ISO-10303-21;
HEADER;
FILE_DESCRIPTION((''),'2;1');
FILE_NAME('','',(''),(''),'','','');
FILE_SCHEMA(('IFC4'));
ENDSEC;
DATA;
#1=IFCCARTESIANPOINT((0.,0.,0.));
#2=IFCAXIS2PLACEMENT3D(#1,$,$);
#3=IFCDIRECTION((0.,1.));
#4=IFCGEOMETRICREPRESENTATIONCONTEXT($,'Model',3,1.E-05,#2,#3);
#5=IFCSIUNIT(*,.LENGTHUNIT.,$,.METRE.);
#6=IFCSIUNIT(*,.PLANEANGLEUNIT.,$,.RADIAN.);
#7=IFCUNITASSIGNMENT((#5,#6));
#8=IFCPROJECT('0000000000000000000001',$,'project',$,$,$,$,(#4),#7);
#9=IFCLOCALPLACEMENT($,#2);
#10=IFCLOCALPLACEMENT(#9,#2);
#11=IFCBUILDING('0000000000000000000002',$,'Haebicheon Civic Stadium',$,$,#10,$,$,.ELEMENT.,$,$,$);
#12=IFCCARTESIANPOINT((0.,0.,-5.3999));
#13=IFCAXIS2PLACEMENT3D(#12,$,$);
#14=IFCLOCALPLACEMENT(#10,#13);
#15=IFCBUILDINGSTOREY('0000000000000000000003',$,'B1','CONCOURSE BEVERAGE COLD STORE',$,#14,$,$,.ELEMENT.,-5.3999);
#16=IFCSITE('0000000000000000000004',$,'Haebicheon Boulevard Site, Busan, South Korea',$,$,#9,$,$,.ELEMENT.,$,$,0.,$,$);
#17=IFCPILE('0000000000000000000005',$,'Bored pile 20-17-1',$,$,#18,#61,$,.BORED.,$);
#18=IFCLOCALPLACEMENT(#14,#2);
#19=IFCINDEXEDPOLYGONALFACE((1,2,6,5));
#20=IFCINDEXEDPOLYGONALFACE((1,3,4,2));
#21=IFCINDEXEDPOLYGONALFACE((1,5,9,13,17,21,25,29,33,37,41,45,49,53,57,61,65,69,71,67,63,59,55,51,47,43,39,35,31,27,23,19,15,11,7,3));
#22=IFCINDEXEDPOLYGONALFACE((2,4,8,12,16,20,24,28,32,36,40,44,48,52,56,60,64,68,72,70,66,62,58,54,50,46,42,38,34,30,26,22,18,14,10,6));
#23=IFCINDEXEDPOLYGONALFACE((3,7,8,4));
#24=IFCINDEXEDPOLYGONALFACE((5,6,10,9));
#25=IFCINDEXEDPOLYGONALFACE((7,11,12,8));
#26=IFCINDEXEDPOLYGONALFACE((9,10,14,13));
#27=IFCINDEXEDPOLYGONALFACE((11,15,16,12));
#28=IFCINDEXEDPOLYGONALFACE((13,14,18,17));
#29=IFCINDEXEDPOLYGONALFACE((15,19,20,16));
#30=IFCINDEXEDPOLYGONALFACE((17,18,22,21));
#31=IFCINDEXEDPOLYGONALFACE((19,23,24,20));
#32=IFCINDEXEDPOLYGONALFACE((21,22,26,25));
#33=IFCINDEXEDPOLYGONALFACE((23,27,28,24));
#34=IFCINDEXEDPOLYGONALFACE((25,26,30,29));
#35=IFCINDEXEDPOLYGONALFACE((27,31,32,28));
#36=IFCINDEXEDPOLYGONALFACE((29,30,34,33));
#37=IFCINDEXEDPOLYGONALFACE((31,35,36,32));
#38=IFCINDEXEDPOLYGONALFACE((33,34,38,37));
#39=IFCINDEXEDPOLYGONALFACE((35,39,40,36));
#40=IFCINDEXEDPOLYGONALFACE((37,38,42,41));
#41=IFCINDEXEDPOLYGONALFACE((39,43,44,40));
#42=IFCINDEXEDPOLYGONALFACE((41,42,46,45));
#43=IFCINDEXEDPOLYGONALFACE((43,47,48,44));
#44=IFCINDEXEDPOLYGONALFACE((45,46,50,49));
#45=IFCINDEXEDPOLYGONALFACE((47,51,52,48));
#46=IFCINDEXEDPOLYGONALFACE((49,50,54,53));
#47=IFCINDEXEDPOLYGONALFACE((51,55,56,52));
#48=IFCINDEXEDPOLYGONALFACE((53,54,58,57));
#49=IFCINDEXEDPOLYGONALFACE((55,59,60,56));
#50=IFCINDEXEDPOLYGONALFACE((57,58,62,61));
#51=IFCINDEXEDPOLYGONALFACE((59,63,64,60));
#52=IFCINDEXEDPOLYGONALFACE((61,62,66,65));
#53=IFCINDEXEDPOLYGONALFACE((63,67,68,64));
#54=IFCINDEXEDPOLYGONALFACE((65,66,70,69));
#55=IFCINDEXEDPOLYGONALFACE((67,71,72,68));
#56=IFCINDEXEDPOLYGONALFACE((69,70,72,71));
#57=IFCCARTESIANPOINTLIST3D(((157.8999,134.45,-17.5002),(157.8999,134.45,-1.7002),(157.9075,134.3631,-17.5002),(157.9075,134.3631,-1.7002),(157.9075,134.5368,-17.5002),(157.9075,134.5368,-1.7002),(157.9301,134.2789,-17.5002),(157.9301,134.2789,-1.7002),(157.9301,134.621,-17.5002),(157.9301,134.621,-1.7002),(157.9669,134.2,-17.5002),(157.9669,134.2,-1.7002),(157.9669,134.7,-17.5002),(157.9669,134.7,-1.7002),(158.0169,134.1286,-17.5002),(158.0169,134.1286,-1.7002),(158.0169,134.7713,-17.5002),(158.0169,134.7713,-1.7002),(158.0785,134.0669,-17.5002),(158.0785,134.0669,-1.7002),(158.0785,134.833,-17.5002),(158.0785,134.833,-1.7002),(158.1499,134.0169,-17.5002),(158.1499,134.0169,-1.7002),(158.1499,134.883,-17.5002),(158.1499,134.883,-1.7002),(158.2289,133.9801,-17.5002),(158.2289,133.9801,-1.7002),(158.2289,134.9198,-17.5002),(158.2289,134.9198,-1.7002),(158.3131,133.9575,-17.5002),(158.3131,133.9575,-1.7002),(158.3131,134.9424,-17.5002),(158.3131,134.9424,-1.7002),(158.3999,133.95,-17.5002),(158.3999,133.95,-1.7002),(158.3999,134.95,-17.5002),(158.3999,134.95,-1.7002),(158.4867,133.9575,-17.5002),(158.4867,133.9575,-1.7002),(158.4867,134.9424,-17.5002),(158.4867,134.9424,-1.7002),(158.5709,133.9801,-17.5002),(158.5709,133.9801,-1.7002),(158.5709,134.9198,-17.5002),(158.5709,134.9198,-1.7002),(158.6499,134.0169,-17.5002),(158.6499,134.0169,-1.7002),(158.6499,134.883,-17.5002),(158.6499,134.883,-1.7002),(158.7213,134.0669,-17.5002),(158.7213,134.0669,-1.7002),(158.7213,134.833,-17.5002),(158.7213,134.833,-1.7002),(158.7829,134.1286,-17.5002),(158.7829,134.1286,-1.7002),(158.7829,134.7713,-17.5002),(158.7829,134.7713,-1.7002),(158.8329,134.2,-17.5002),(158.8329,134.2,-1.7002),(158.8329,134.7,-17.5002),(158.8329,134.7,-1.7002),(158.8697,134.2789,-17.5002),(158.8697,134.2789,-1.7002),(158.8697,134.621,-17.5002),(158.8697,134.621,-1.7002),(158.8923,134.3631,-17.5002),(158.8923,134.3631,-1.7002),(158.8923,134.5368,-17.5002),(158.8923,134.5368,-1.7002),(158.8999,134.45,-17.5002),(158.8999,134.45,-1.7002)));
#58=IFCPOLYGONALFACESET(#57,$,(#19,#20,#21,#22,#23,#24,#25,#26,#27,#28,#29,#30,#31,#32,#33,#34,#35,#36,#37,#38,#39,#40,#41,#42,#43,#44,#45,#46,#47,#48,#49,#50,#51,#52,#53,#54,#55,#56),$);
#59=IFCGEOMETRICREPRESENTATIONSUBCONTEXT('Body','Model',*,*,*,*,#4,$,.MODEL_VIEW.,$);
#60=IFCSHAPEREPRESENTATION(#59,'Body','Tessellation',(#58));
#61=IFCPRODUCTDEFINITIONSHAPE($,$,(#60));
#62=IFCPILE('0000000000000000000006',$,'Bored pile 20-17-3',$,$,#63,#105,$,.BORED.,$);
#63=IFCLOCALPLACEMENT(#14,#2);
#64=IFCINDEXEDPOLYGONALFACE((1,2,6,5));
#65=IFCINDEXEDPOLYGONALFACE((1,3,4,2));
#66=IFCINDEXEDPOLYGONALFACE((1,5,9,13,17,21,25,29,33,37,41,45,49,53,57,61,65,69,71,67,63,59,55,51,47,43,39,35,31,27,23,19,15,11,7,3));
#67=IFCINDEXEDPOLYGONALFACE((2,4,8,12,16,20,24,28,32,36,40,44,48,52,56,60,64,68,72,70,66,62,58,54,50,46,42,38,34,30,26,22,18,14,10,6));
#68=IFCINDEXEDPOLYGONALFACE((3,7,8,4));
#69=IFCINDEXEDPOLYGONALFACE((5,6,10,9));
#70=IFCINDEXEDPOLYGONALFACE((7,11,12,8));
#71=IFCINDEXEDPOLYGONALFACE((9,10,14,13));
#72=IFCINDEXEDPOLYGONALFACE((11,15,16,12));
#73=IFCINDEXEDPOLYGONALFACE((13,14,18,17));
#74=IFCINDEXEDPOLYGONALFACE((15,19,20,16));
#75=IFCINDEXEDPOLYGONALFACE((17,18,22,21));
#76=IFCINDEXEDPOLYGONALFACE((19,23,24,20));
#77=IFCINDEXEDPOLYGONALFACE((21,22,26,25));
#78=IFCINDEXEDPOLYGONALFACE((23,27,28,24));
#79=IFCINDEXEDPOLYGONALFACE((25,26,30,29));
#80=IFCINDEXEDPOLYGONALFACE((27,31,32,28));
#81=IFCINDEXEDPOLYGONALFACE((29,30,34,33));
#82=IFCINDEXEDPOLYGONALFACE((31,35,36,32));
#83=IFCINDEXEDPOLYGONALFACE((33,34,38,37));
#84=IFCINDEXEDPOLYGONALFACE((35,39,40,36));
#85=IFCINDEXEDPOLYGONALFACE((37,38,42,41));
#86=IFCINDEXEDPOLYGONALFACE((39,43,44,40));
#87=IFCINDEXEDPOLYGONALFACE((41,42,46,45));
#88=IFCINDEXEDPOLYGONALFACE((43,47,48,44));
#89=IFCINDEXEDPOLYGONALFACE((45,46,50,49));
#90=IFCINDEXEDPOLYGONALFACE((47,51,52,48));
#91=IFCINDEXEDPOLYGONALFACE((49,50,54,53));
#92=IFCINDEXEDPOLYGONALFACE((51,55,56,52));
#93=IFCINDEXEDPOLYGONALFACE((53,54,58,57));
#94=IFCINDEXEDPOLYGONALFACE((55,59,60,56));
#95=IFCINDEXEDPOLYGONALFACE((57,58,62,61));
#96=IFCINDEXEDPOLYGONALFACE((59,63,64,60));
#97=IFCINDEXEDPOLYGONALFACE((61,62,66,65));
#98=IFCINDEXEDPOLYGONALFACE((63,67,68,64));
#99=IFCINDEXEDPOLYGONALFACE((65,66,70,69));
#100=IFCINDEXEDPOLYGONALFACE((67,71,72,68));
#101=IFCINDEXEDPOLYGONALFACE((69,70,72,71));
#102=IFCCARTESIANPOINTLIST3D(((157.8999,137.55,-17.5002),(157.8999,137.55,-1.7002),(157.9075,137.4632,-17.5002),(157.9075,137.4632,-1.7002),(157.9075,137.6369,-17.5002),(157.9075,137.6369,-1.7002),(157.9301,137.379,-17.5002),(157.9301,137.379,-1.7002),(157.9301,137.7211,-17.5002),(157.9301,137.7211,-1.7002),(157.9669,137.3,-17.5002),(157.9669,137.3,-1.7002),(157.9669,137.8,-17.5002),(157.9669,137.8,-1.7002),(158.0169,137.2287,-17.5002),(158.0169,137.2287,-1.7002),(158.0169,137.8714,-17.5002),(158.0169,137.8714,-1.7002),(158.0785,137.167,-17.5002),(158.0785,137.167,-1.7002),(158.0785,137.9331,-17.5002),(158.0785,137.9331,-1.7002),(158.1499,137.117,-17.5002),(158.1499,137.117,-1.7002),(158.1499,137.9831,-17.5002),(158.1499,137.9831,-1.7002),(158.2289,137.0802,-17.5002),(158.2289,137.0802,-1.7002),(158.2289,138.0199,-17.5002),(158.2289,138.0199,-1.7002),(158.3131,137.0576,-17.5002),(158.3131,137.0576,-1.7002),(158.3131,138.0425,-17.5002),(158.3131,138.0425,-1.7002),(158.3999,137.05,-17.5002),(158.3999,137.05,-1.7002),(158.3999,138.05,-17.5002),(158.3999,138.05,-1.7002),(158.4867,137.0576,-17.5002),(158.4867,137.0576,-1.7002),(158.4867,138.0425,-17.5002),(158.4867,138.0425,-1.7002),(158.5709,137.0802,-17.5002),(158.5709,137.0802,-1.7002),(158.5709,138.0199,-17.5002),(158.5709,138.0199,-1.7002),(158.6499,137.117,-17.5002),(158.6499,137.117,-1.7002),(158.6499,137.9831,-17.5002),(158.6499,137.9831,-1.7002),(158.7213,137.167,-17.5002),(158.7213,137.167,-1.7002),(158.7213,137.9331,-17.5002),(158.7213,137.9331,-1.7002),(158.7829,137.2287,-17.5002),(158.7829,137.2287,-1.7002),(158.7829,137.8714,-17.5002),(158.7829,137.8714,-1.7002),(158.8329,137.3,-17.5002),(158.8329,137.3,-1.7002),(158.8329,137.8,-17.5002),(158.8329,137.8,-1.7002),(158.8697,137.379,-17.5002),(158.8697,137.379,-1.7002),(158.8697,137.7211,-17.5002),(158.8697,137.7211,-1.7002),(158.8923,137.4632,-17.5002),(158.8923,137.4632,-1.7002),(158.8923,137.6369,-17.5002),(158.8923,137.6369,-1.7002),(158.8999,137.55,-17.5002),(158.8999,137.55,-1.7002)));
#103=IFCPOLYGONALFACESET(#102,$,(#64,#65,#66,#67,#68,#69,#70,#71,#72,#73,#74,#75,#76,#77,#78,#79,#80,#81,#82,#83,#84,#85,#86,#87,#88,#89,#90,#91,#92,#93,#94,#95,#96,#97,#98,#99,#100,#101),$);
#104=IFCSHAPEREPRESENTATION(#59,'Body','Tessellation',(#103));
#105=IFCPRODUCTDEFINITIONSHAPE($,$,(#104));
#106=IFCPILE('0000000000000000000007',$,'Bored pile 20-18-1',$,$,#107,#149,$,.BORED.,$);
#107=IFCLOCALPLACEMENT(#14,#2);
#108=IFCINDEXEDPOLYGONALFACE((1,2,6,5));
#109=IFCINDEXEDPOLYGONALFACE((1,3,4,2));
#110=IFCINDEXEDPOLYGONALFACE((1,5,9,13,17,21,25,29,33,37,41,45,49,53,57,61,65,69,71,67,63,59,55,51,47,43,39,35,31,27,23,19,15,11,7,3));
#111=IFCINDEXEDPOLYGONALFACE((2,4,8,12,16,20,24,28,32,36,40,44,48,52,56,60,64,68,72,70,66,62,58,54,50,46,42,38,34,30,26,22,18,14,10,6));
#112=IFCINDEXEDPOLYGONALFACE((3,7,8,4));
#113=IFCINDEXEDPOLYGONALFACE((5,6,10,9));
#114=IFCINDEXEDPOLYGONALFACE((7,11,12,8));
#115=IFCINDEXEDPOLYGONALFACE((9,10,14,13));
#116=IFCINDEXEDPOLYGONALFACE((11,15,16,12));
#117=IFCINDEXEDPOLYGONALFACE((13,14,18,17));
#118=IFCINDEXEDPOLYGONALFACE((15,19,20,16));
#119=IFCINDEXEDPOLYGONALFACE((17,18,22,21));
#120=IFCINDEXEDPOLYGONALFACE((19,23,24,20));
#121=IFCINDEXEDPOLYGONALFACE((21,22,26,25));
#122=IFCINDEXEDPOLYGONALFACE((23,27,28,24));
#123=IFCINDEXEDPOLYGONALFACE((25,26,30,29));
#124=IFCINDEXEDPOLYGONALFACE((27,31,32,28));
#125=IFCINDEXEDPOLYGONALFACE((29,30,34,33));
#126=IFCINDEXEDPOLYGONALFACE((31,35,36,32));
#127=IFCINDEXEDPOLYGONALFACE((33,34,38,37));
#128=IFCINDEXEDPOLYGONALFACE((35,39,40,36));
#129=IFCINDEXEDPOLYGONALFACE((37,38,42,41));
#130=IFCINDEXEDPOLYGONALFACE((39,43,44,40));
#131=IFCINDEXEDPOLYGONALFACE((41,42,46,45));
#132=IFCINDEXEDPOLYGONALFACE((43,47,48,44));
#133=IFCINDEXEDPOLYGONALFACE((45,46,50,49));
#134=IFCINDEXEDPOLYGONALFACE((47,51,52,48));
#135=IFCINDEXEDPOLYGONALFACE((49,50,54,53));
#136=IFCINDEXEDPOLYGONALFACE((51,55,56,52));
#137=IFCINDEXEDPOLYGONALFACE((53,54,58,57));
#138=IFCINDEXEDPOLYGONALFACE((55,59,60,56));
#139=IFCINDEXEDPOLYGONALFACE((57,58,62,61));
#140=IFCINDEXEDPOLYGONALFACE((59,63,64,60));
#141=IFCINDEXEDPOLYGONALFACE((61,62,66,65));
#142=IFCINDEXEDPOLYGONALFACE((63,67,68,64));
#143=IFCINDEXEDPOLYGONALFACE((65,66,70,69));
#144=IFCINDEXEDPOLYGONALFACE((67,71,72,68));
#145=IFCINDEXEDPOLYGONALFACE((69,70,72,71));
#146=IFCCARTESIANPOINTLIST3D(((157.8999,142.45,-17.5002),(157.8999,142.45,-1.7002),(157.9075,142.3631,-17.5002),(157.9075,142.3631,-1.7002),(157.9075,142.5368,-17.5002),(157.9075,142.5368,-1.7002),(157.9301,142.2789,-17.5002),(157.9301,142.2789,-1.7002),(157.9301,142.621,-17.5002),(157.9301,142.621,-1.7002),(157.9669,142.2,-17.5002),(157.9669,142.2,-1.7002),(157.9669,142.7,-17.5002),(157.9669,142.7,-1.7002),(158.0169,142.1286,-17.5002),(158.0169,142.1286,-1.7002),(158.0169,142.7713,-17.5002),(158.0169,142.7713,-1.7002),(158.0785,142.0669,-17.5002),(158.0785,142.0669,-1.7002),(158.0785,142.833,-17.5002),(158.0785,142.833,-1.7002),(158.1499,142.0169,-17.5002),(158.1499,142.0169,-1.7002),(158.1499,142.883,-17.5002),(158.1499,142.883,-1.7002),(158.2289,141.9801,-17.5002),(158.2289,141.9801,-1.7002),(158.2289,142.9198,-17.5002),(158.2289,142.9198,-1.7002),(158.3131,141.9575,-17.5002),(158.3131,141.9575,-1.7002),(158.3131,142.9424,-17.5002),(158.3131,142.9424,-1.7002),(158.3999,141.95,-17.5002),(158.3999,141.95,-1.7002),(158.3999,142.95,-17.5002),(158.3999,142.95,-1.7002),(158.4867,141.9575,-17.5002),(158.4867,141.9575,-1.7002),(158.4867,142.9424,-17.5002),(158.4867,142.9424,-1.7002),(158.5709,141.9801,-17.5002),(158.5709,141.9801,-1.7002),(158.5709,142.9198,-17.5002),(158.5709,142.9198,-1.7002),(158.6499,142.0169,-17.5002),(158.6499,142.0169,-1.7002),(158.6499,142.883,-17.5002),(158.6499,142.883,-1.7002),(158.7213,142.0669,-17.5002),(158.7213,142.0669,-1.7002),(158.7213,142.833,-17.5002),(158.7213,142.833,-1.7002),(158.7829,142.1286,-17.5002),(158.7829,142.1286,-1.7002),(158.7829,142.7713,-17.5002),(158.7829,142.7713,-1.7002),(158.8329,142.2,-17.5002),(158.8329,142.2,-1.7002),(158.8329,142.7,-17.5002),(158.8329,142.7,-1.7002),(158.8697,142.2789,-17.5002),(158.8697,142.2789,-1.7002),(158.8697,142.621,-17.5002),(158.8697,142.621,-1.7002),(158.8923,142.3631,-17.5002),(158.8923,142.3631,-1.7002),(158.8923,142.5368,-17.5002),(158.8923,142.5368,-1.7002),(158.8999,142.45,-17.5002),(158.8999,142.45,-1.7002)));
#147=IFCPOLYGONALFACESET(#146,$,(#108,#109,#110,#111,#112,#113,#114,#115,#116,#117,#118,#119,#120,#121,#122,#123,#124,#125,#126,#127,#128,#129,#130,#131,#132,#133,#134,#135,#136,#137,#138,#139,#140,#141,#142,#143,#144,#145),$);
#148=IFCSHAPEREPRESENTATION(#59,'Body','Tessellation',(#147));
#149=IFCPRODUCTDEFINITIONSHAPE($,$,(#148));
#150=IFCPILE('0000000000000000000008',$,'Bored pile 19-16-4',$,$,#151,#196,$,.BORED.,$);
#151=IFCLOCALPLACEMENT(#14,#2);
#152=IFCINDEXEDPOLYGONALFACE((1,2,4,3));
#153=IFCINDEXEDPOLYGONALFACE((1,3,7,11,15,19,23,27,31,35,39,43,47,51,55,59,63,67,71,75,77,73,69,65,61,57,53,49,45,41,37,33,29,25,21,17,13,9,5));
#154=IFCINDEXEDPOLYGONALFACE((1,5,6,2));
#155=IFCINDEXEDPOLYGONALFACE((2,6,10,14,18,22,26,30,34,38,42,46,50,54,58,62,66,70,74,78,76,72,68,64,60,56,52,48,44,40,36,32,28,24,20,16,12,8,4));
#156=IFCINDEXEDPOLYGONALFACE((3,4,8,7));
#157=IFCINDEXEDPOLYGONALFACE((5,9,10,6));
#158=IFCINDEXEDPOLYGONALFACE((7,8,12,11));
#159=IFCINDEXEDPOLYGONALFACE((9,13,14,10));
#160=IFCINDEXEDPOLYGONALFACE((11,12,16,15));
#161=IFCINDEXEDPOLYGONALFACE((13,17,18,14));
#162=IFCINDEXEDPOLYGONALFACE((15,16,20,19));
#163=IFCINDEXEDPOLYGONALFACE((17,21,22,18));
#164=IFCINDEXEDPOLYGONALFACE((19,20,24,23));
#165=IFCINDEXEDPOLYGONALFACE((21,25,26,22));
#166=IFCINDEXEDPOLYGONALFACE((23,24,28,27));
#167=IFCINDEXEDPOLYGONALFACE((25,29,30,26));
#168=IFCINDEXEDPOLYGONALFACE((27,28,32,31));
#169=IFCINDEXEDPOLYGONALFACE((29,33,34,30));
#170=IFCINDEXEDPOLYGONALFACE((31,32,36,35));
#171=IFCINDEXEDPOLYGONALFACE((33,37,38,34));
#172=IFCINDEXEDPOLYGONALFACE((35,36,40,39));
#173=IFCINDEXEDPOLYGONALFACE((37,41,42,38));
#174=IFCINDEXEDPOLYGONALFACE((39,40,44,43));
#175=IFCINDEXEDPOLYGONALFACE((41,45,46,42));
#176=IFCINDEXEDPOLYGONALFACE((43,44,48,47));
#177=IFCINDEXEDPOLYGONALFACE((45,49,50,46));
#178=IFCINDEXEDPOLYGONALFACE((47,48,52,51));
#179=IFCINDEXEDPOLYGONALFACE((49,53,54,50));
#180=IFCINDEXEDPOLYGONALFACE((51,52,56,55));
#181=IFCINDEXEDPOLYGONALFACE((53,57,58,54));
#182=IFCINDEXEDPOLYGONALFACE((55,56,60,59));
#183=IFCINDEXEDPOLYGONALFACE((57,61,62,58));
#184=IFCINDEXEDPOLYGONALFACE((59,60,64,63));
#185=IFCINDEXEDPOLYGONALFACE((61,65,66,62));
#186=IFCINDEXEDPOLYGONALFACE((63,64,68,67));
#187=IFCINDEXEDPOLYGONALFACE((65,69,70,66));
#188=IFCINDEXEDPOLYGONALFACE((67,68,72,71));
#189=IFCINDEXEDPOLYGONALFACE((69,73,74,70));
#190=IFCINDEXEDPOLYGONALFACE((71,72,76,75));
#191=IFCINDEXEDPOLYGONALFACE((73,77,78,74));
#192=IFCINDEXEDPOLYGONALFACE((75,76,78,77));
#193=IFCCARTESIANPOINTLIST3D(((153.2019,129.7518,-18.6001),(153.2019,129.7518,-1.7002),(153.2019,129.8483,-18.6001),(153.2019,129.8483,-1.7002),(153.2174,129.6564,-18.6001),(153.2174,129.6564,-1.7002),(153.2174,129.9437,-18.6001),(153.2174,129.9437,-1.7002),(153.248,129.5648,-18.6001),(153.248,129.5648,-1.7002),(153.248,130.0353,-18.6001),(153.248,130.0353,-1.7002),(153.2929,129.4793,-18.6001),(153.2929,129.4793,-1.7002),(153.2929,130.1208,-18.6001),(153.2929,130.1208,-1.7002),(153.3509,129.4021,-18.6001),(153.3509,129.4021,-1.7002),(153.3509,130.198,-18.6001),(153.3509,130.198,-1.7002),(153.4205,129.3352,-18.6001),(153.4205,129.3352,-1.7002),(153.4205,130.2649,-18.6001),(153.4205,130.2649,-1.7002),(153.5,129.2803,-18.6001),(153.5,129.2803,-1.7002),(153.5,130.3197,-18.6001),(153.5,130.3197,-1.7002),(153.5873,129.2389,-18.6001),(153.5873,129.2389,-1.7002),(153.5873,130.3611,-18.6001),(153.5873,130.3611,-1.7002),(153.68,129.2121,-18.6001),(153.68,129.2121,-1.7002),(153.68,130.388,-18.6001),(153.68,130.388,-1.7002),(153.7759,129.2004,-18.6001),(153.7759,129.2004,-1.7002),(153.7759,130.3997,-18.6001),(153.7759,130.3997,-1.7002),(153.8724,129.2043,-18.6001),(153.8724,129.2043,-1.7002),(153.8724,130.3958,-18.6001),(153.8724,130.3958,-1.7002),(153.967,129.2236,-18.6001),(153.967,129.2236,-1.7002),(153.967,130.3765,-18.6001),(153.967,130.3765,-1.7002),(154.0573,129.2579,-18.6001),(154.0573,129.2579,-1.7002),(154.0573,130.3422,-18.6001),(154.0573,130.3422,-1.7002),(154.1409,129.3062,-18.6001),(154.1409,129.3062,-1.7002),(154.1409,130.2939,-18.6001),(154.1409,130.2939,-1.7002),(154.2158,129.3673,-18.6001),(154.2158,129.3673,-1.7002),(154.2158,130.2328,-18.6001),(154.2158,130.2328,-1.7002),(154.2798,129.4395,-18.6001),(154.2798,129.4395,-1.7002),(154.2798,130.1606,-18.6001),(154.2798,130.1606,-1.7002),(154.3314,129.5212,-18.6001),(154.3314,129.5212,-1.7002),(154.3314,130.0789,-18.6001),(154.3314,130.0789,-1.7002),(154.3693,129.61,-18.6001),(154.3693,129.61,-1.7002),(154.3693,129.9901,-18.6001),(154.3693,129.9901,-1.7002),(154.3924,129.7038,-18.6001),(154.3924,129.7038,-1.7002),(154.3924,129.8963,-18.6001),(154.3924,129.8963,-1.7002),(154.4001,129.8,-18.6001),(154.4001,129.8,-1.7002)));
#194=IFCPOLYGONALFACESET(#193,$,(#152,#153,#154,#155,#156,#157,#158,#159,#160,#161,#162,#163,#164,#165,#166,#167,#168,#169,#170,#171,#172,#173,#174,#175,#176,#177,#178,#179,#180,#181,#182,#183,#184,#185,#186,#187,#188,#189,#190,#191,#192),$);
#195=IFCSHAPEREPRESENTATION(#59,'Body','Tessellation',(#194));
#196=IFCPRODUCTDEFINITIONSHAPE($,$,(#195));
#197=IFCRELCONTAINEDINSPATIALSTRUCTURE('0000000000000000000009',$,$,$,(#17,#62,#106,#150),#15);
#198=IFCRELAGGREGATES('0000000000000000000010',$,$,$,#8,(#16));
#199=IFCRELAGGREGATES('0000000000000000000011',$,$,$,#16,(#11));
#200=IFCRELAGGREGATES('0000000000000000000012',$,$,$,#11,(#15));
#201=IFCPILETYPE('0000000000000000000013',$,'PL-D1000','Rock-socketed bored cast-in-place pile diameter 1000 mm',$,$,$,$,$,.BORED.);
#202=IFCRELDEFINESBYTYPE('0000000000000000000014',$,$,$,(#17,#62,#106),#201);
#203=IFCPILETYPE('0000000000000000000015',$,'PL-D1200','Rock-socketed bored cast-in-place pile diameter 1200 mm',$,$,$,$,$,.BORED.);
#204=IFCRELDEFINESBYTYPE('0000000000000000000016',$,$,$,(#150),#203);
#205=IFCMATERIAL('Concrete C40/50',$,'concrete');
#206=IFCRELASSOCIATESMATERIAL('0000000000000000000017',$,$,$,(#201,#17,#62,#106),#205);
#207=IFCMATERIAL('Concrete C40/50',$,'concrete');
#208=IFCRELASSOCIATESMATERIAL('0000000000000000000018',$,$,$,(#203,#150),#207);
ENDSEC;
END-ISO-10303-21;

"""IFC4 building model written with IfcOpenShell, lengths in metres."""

from ifc_helpers import new_model, si_unit, direction, frame, origin, origin_2d, place, context, subcontext, project, spatial, circle, extrude, material, material_profile, profile_set, type_object, element, save


model = new_model("IFC4")

# Units and contexts
model_context = context("Model", 3, precision=1e-05, world=origin(), true_north=direction((0.0, 1.0)))
body_context = subcontext(model_context, "Body", "Model", "MODEL_VIEW")
ifc_project = project(units=[si_unit("LENGTHUNIT", "METRE"), si_unit("PLANEANGLEUNIT", "RADIAN")], contexts=[model_context])

# Site, building, storey
site_placement = place(None, origin())
site = spatial("IfcSite", under=ifc_project, at=site_placement, Name="Haebicheon Boulevard Site, Busan, South Korea", CompositionType="ELEMENT", RefElevation=0.0)
building_placement = place(site_placement, origin())
building = spatial("IfcBuilding", under=site, at=building_placement, Name="Haebicheon Civic Stadium", CompositionType="ELEMENT")
storey_placement = place(building_placement, frame((0.0, 0.0, -5.3999)))
storey = spatial("IfcBuildingStorey", under=building, at=storey_placement, Name="B1", Description="CONCOURSE BEVERAGE COLD STORE", CompositionType="ELEMENT", Elevation=-5.3999)

# Piles
ifc_material_1 = material(Name="Concrete C40/50", Category="concrete")
ifc_material_profile_1 = material_profile(ifc_material_1, circle(Radius=0.5, at=origin_2d()), Name="PILE-D1000")
ifc_profile_set_1 = profile_set([ifc_material_profile_1], Name="Concrete C40/50")
pile_type_1 = type_object("IfcPileType", Name="PL-D1000", Description="Rock-socketed bored cast-in-place pile diameter 1000 mm", PredefinedType="BORED", material=ifc_profile_set_1)
for number, where, z_axis, x_axis, name in (
    (1, (158.3999, 134.45, -1.7002), (0.0, 0.0, -1.0), (1.0, 0.0, 0.0), "Bored pile 20-17-1"),
    (2, (158.3999, 137.55, -1.7002), (0.0, 0.0, -1.0), (1.0, 0.0, 0.0), "Bored pile 20-17-3"),
    (3, (158.3999, 142.45, -1.7002), (0.0, 0.0, -1.0), (1.0, 0.0, 0.0), "Bored pile 20-18-1"),
):
    element("IfcPile", number, at=place(storey_placement, frame(where, z_axis=z_axis, x_axis=x_axis)), inside=storey, type_object=pile_type_1, material=ifc_profile_set_1, Name=name, PredefinedType="BORED", context=body_context, shape_type="SweptSolid", body=[
        extrude(circle(Radius=0.5, at=origin_2d()), origin(), (0.0, 0.0, 1.0), 15.8),
    ])
ifc_material_2 = material(Name="Concrete C40/50", Category="concrete")
ifc_material_profile_2 = material_profile(ifc_material_2, circle(Radius=0.6001, at=origin_2d()), Name="PILE-D1200")
ifc_profile_set_2 = profile_set([ifc_material_profile_2], Name="Concrete C40/50")
pile_type_2 = type_object("IfcPileType", Name="PL-D1200", Description="Rock-socketed bored cast-in-place pile diameter 1200 mm", PredefinedType="BORED", material=ifc_profile_set_2)
for number, where, z_axis, x_axis, name in (
    (4, (153.8, 129.8, -1.7002), (0.0, 0.0, -1.0), (1.0, 0.0, 0.0), "Bored pile 19-16-4"),
):
    element("IfcPile", number, at=place(storey_placement, frame(where, z_axis=z_axis, x_axis=x_axis)), inside=storey, type_object=pile_type_2, material=ifc_profile_set_2, Name=name, PredefinedType="BORED", context=body_context, shape_type="SweptSolid", body=[
        extrude(circle(Radius=0.6001, at=origin_2d()), origin(), (0.0, 0.0, 1.0), 16.8999),
    ])

save(model, "model.ifc")
